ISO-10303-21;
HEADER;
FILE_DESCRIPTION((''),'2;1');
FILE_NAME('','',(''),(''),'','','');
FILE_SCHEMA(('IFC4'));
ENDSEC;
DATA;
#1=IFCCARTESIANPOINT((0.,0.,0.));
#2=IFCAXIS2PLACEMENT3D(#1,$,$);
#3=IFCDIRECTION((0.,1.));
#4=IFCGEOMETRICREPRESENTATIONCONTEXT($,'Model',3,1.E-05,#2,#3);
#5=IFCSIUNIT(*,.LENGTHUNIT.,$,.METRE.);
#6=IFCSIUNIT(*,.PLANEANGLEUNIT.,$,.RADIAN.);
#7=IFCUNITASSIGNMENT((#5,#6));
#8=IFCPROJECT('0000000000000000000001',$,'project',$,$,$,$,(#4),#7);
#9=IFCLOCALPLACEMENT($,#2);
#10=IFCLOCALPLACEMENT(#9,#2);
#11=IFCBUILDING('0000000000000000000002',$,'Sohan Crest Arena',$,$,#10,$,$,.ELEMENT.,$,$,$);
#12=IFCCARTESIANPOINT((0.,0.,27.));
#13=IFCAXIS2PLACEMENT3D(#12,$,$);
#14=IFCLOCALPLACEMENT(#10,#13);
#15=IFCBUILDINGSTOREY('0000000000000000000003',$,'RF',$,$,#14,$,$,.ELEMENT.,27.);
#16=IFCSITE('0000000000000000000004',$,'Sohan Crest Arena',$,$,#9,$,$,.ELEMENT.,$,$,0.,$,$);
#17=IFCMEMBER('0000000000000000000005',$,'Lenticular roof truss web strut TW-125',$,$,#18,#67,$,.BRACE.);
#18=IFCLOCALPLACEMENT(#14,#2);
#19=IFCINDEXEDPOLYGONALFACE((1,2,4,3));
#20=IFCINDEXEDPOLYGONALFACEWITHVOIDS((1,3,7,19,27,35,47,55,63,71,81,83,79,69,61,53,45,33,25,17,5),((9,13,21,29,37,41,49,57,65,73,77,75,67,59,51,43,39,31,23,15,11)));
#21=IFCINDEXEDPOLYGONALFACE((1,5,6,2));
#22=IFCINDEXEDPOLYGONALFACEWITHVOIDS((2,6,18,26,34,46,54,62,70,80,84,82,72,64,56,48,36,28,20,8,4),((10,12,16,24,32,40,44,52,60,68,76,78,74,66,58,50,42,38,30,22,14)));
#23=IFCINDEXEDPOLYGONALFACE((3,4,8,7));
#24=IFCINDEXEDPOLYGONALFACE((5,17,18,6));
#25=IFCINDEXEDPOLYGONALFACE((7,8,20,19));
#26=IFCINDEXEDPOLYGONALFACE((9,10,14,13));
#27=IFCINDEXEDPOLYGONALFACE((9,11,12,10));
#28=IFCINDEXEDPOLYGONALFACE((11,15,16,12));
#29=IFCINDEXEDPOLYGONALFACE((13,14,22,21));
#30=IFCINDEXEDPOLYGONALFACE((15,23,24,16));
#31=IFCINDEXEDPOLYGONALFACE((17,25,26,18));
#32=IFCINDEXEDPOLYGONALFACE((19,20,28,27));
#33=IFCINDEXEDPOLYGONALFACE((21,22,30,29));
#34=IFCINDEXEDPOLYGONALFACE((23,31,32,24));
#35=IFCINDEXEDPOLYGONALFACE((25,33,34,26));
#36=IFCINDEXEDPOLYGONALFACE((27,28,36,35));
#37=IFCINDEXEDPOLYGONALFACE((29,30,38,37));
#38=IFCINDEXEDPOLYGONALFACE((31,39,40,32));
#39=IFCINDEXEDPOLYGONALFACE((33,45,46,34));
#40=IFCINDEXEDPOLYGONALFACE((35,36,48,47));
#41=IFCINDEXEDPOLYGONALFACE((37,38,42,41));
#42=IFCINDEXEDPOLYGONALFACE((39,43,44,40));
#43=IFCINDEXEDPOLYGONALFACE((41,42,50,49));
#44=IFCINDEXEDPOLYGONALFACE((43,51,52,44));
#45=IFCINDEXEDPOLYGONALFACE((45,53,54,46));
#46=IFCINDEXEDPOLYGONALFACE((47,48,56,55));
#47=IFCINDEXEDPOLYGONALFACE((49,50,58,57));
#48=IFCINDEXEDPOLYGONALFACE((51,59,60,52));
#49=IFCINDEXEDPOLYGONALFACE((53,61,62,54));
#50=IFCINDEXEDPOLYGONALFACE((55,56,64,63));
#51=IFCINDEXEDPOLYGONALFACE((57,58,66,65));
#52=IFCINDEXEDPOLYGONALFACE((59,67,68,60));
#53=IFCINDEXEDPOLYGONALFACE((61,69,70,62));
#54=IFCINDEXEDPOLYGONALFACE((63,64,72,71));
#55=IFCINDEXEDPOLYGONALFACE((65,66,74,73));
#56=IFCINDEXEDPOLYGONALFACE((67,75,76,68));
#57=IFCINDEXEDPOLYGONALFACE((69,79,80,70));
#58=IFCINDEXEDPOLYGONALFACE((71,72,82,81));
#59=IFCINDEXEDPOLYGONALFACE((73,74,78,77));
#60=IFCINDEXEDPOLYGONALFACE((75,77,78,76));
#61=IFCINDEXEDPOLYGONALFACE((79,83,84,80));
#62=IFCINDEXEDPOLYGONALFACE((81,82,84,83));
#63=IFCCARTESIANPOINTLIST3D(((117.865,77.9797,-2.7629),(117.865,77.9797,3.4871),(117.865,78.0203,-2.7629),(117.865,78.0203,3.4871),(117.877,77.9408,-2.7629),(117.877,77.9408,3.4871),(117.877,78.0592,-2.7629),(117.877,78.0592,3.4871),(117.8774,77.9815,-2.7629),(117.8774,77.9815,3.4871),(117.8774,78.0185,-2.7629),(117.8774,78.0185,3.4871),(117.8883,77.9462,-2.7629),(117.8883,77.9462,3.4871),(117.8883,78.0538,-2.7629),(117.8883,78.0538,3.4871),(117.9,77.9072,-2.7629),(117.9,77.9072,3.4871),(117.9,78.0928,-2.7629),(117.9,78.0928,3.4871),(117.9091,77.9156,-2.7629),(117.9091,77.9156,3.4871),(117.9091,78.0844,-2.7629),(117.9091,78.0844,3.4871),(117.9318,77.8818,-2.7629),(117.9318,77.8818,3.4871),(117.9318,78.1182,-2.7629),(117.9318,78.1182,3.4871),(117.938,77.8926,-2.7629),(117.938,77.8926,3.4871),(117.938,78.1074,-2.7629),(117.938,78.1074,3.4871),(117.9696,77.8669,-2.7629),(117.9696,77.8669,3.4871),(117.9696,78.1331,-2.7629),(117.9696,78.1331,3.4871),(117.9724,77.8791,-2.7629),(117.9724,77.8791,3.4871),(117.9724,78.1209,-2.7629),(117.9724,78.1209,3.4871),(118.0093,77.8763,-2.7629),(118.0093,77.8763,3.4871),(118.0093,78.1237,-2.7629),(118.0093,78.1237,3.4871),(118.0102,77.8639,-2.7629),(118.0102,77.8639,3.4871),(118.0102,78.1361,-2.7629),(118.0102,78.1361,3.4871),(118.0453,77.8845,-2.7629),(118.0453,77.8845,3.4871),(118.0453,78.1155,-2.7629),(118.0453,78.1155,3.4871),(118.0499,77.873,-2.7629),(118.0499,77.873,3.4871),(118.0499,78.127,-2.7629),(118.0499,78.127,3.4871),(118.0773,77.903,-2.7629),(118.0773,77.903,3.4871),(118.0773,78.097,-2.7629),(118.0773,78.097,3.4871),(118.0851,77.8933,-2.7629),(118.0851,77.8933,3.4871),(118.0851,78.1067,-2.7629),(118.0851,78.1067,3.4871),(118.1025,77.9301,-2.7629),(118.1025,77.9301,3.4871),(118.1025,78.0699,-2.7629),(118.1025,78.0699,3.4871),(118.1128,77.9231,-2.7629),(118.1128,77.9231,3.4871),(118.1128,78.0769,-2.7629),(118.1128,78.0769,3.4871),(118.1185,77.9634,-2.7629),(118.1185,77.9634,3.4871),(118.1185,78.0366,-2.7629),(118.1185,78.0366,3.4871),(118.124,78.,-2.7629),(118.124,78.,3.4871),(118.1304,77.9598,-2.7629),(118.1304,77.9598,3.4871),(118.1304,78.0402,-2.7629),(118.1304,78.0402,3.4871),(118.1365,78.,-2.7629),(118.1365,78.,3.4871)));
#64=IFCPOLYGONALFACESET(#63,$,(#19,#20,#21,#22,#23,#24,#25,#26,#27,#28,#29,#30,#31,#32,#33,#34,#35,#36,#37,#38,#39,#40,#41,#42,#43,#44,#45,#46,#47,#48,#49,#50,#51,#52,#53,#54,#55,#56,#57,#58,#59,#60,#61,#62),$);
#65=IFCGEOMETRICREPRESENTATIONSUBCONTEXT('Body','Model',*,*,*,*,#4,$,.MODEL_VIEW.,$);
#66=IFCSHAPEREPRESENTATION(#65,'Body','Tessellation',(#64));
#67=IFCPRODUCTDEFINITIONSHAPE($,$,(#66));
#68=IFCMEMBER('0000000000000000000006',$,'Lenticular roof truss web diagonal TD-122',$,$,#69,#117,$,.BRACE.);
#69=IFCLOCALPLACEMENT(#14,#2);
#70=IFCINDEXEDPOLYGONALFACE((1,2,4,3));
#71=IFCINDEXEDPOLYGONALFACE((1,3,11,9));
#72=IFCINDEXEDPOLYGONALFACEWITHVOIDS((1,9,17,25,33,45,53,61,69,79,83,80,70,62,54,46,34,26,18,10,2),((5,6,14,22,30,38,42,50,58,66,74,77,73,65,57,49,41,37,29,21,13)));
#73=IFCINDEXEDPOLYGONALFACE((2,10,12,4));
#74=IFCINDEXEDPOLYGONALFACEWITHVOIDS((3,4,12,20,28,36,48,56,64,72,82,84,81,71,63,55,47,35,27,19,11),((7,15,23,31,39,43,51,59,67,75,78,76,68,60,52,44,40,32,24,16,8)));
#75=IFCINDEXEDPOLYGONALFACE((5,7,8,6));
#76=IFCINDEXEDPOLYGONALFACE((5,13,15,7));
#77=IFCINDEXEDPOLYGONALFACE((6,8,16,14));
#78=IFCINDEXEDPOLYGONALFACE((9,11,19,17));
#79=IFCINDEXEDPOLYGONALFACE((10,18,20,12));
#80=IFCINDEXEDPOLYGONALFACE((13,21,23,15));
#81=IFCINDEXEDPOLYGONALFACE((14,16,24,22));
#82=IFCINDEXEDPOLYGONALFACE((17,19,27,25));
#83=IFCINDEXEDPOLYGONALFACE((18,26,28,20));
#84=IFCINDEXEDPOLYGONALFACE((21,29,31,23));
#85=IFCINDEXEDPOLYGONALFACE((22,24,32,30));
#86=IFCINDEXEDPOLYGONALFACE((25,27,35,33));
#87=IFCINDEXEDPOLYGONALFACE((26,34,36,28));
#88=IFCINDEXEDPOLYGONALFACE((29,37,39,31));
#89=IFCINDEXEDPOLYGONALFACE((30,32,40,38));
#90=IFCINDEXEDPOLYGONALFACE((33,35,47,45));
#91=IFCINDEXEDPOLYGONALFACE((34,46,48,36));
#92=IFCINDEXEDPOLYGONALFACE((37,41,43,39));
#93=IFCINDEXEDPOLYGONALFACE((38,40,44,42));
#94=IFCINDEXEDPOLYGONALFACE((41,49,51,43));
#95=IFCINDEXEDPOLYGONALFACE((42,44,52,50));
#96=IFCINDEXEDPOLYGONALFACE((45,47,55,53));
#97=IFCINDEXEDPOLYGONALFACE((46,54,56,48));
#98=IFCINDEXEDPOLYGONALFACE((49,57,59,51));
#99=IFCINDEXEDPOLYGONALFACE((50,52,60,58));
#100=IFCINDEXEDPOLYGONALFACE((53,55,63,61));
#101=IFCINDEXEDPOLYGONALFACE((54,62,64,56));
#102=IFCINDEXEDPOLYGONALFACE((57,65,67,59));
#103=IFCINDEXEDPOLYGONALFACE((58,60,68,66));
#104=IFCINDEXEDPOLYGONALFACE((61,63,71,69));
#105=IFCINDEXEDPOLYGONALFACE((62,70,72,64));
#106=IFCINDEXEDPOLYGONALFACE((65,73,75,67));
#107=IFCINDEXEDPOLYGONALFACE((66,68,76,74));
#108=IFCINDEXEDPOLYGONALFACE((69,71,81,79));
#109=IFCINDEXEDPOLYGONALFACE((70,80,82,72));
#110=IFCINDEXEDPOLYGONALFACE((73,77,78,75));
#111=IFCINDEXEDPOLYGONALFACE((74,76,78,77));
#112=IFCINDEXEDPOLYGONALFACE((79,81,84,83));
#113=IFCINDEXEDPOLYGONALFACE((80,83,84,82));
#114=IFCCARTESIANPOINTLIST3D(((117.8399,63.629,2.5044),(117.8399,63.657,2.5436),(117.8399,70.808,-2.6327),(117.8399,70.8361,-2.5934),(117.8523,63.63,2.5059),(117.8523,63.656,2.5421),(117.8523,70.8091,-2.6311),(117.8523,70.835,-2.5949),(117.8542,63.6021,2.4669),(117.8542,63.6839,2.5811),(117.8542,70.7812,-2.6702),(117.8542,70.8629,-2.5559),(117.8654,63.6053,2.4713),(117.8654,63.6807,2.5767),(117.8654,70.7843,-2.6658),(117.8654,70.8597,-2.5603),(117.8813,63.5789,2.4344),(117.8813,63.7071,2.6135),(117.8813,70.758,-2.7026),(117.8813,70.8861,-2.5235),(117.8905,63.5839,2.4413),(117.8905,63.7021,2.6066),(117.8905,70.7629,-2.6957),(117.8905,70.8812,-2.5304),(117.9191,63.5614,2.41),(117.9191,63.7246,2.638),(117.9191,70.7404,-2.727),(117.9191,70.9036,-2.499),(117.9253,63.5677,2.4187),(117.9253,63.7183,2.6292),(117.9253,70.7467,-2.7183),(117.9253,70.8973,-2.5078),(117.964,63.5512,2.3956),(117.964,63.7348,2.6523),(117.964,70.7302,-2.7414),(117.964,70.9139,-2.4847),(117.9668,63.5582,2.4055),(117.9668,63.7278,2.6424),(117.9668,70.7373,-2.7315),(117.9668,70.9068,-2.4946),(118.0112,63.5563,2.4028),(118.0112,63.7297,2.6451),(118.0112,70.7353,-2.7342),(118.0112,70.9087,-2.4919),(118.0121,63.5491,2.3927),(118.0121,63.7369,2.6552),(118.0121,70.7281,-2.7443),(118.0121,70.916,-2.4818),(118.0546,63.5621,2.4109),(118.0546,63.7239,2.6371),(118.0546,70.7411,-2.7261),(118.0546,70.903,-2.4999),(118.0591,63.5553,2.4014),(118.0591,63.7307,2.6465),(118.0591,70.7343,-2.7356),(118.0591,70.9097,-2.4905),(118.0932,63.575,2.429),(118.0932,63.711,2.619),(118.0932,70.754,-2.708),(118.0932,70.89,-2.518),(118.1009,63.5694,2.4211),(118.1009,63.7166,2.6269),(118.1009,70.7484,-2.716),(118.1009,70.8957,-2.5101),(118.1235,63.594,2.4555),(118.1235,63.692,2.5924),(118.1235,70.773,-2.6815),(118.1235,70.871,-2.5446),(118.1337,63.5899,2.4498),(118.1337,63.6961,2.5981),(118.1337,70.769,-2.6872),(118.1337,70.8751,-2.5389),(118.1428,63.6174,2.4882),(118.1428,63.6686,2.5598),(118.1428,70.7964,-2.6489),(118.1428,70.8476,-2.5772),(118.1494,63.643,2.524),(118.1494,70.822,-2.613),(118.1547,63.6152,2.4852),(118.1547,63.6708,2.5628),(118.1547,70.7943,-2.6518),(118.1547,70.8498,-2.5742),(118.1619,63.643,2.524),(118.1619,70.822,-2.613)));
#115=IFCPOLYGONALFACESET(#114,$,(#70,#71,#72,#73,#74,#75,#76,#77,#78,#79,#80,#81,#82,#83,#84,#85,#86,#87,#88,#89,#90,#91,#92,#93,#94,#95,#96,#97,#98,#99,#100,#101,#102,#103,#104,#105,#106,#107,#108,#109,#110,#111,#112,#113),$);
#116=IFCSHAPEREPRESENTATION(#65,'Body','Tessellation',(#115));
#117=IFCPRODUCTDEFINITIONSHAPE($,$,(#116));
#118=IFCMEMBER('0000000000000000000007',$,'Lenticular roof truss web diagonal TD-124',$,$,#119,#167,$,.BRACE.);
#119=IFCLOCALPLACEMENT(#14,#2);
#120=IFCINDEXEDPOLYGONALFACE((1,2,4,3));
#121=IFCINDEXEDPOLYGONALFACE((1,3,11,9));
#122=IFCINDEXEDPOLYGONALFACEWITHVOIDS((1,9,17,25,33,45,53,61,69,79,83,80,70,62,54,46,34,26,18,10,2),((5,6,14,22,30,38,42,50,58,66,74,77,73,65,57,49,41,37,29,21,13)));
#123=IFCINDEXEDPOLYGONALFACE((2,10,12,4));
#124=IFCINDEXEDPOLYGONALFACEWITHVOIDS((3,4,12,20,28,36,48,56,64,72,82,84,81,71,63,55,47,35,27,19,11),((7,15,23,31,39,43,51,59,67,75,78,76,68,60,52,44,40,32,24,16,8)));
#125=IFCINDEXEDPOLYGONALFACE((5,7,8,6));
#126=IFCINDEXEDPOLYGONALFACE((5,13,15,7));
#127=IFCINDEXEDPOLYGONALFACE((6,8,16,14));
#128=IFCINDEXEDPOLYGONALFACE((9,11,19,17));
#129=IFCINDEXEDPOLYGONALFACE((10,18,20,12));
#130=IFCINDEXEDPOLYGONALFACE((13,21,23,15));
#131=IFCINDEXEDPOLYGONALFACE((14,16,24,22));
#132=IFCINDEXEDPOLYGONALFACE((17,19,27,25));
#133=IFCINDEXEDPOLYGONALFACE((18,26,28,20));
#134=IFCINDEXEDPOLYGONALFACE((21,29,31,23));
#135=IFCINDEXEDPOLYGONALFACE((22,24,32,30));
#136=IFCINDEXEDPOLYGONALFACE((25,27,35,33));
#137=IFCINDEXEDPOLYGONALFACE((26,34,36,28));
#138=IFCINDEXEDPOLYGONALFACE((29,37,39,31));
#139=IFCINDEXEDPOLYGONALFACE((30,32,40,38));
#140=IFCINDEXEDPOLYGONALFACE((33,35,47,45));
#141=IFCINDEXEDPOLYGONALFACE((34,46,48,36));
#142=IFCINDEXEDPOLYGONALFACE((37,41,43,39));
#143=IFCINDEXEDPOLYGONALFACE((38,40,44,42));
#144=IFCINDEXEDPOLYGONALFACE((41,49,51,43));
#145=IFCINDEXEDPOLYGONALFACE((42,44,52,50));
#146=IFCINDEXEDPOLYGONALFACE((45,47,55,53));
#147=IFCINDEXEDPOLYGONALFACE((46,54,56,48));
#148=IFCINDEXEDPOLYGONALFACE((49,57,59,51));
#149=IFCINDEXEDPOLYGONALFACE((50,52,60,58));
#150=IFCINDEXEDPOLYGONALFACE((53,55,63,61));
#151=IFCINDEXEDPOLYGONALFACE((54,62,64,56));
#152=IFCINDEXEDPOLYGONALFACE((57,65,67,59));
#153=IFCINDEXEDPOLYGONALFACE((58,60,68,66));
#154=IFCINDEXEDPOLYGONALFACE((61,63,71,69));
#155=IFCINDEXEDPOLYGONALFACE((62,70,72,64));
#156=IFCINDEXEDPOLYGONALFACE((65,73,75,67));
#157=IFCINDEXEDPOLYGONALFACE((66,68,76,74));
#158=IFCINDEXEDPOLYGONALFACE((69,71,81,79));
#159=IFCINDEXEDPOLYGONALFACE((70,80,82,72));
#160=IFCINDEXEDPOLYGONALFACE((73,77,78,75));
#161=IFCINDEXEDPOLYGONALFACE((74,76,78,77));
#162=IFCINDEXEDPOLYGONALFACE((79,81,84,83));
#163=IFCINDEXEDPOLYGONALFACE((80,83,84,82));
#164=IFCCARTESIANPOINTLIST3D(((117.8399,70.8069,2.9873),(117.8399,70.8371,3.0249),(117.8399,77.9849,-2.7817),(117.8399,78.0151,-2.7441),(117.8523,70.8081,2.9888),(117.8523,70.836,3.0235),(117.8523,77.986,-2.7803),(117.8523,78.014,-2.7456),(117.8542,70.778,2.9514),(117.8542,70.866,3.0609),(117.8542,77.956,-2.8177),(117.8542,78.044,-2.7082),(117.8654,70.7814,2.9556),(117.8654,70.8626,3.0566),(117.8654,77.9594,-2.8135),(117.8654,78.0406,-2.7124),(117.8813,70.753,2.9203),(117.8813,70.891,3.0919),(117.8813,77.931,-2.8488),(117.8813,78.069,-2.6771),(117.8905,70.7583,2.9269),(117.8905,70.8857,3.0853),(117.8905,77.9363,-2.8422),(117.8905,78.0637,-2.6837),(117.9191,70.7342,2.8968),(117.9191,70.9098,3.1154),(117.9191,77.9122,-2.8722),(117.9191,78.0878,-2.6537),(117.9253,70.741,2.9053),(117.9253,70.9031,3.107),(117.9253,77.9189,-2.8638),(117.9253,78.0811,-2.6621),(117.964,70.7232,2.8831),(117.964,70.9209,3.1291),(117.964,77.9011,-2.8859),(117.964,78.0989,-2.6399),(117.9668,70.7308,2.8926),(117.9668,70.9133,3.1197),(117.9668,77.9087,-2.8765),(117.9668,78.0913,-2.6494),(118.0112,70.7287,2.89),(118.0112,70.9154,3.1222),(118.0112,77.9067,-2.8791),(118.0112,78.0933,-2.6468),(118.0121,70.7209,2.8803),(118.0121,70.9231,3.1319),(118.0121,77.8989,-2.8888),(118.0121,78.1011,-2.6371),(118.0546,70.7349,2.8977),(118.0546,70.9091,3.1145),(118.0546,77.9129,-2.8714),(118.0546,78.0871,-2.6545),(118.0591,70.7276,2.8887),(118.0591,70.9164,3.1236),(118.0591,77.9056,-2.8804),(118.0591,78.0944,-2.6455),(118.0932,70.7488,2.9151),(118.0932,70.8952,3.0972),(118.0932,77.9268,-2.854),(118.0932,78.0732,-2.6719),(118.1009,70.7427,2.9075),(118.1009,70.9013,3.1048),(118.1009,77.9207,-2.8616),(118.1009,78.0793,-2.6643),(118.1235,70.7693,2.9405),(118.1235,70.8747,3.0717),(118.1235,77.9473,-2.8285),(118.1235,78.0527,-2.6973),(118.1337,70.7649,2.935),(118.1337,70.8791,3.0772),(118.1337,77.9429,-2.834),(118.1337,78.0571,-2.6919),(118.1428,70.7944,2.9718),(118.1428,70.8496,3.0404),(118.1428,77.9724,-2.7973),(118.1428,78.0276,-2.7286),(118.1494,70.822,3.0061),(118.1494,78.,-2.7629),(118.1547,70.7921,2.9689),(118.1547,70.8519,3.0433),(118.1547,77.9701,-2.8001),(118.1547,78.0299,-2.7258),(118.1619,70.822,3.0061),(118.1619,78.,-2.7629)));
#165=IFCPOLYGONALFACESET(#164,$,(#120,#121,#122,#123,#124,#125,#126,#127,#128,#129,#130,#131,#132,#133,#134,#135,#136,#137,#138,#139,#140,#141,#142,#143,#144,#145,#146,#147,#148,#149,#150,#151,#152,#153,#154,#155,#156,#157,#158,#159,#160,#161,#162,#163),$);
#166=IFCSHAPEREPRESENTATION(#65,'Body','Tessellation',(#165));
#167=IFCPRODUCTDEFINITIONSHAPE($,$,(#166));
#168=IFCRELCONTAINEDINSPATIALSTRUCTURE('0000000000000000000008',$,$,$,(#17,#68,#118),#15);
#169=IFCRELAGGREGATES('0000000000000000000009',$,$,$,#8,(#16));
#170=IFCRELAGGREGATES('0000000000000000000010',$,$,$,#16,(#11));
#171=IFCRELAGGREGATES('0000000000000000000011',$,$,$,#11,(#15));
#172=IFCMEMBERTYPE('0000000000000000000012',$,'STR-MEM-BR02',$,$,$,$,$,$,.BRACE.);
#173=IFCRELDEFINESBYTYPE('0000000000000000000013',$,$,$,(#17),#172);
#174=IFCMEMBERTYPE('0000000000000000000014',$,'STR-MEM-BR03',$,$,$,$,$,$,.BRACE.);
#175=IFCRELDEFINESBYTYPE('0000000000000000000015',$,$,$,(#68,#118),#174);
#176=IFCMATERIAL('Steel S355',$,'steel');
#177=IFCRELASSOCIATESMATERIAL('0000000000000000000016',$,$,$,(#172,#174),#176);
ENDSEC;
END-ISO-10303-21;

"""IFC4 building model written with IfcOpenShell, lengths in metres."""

from ifc_helpers import new_model, si_unit, direction, frame, origin, origin_2d, place, context, subcontext, project, spatial, hollow_circle, extrude, material, material_profile, profile_set, type_object, element, save


model = new_model("IFC4")

# Units and contexts
model_context = context("Model", 3, precision=1e-05, world=origin(), true_north=direction((0.0, 1.0)))
body_context = subcontext(model_context, "Body", "Model", "MODEL_VIEW")
ifc_project = project(units=[si_unit("LENGTHUNIT", "METRE"), si_unit("PLANEANGLEUNIT", "RADIAN")], contexts=[model_context])

# Site, building, storey
site_placement = place(None, origin())
site = spatial("IfcSite", under=ifc_project, at=site_placement, Name="Sohan Crest Arena", CompositionType="ELEMENT", RefElevation=0.0)
building_placement = place(site_placement, origin())
building = spatial("IfcBuilding", under=site, at=building_placement, Name="Sohan Crest Arena", CompositionType="ELEMENT")
storey_placement = place(building_placement, frame((0.0, 0.0, 27.0)))
storey = spatial("IfcBuildingStorey", under=building, at=storey_placement, Name="RF", CompositionType="ELEMENT", Elevation=27.0)

# Shared definitions
ifc_material_1 = material(Name="Steel S355", Category="steel")

# Members
ifc_material_profile_1 = material_profile(ifc_material_1, hollow_circle(Radius=0.1365, WallThickness=0.0125, at=origin_2d()), Name="CHS 273x12.5")
ifc_profile_set_1 = profile_set([ifc_material_profile_1], Name="Steel S355")
member_type_1 = type_object("IfcMemberType", Name="STR-MEM-BR02", PredefinedType="BRACE", material=ifc_profile_set_1)
member_1_placement = place(storey_placement, frame((118.0, 78.0, -2.7629), z_axis=(0.0, 0.0, 1.0), x_axis=(1.0, 0.0, 0.0)))
element("IfcMember", 1, at=member_1_placement, inside=storey, type_object=member_type_1, Name="Lenticular roof truss web strut TW-125", PredefinedType="BRACE", context=body_context, shape_type="SweptSolid", body=[
    extrude(hollow_circle(Radius=0.1365, WallThickness=0.0125, at=origin_2d()), origin(), (0.0, 0.0, 1.0), 6.25),
])
ifc_material_profile_2 = material_profile(ifc_material_1, hollow_circle(Radius=0.1619, WallThickness=0.0125, at=origin_2d()), Name="CHS 323.9x12.5")
ifc_profile_set_2 = profile_set([ifc_material_profile_2], Name="Steel S355")
member_type_2 = type_object("IfcMemberType", Name="STR-MEM-BR03", PredefinedType="BRACE", material=ifc_profile_set_2)
member_2_placement = place(storey_placement, frame((118.0, 70.822, -2.613), z_axis=(0.0, -0.813244, 0.581923), x_axis=(1.0, 0.0, 0.0)))
element("IfcMember", 2, at=member_2_placement, inside=storey, type_object=member_type_2, Name="Lenticular roof truss web diagonal TD-122", PredefinedType="BRACE", context=body_context, shape_type="SweptSolid", body=[
    extrude(hollow_circle(Radius=0.1619, WallThickness=0.0125, at=origin_2d()), origin(), (0.0, 0.0, 1.0), 8.8276),
])
for number, where, z_axis, x_axis, name in (
    (3, (118.0, 78.0, -2.7629), (0.0, -0.779455, 0.626459), (1.0, 0.0, 0.0), "Lenticular roof truss web diagonal TD-124"),
):
    element("IfcMember", number, at=place(storey_placement, frame(where, z_axis=z_axis, x_axis=x_axis)), inside=storey, type_object=member_type_2, Name=name, PredefinedType="BRACE", context=body_context, shape_type="SweptSolid", body=[
        extrude(hollow_circle(Radius=0.1619, WallThickness=0.0125, at=origin_2d()), origin(), (0.0, 0.0, 1.0), 9.209),
    ])

save(model, "model.ifc")
